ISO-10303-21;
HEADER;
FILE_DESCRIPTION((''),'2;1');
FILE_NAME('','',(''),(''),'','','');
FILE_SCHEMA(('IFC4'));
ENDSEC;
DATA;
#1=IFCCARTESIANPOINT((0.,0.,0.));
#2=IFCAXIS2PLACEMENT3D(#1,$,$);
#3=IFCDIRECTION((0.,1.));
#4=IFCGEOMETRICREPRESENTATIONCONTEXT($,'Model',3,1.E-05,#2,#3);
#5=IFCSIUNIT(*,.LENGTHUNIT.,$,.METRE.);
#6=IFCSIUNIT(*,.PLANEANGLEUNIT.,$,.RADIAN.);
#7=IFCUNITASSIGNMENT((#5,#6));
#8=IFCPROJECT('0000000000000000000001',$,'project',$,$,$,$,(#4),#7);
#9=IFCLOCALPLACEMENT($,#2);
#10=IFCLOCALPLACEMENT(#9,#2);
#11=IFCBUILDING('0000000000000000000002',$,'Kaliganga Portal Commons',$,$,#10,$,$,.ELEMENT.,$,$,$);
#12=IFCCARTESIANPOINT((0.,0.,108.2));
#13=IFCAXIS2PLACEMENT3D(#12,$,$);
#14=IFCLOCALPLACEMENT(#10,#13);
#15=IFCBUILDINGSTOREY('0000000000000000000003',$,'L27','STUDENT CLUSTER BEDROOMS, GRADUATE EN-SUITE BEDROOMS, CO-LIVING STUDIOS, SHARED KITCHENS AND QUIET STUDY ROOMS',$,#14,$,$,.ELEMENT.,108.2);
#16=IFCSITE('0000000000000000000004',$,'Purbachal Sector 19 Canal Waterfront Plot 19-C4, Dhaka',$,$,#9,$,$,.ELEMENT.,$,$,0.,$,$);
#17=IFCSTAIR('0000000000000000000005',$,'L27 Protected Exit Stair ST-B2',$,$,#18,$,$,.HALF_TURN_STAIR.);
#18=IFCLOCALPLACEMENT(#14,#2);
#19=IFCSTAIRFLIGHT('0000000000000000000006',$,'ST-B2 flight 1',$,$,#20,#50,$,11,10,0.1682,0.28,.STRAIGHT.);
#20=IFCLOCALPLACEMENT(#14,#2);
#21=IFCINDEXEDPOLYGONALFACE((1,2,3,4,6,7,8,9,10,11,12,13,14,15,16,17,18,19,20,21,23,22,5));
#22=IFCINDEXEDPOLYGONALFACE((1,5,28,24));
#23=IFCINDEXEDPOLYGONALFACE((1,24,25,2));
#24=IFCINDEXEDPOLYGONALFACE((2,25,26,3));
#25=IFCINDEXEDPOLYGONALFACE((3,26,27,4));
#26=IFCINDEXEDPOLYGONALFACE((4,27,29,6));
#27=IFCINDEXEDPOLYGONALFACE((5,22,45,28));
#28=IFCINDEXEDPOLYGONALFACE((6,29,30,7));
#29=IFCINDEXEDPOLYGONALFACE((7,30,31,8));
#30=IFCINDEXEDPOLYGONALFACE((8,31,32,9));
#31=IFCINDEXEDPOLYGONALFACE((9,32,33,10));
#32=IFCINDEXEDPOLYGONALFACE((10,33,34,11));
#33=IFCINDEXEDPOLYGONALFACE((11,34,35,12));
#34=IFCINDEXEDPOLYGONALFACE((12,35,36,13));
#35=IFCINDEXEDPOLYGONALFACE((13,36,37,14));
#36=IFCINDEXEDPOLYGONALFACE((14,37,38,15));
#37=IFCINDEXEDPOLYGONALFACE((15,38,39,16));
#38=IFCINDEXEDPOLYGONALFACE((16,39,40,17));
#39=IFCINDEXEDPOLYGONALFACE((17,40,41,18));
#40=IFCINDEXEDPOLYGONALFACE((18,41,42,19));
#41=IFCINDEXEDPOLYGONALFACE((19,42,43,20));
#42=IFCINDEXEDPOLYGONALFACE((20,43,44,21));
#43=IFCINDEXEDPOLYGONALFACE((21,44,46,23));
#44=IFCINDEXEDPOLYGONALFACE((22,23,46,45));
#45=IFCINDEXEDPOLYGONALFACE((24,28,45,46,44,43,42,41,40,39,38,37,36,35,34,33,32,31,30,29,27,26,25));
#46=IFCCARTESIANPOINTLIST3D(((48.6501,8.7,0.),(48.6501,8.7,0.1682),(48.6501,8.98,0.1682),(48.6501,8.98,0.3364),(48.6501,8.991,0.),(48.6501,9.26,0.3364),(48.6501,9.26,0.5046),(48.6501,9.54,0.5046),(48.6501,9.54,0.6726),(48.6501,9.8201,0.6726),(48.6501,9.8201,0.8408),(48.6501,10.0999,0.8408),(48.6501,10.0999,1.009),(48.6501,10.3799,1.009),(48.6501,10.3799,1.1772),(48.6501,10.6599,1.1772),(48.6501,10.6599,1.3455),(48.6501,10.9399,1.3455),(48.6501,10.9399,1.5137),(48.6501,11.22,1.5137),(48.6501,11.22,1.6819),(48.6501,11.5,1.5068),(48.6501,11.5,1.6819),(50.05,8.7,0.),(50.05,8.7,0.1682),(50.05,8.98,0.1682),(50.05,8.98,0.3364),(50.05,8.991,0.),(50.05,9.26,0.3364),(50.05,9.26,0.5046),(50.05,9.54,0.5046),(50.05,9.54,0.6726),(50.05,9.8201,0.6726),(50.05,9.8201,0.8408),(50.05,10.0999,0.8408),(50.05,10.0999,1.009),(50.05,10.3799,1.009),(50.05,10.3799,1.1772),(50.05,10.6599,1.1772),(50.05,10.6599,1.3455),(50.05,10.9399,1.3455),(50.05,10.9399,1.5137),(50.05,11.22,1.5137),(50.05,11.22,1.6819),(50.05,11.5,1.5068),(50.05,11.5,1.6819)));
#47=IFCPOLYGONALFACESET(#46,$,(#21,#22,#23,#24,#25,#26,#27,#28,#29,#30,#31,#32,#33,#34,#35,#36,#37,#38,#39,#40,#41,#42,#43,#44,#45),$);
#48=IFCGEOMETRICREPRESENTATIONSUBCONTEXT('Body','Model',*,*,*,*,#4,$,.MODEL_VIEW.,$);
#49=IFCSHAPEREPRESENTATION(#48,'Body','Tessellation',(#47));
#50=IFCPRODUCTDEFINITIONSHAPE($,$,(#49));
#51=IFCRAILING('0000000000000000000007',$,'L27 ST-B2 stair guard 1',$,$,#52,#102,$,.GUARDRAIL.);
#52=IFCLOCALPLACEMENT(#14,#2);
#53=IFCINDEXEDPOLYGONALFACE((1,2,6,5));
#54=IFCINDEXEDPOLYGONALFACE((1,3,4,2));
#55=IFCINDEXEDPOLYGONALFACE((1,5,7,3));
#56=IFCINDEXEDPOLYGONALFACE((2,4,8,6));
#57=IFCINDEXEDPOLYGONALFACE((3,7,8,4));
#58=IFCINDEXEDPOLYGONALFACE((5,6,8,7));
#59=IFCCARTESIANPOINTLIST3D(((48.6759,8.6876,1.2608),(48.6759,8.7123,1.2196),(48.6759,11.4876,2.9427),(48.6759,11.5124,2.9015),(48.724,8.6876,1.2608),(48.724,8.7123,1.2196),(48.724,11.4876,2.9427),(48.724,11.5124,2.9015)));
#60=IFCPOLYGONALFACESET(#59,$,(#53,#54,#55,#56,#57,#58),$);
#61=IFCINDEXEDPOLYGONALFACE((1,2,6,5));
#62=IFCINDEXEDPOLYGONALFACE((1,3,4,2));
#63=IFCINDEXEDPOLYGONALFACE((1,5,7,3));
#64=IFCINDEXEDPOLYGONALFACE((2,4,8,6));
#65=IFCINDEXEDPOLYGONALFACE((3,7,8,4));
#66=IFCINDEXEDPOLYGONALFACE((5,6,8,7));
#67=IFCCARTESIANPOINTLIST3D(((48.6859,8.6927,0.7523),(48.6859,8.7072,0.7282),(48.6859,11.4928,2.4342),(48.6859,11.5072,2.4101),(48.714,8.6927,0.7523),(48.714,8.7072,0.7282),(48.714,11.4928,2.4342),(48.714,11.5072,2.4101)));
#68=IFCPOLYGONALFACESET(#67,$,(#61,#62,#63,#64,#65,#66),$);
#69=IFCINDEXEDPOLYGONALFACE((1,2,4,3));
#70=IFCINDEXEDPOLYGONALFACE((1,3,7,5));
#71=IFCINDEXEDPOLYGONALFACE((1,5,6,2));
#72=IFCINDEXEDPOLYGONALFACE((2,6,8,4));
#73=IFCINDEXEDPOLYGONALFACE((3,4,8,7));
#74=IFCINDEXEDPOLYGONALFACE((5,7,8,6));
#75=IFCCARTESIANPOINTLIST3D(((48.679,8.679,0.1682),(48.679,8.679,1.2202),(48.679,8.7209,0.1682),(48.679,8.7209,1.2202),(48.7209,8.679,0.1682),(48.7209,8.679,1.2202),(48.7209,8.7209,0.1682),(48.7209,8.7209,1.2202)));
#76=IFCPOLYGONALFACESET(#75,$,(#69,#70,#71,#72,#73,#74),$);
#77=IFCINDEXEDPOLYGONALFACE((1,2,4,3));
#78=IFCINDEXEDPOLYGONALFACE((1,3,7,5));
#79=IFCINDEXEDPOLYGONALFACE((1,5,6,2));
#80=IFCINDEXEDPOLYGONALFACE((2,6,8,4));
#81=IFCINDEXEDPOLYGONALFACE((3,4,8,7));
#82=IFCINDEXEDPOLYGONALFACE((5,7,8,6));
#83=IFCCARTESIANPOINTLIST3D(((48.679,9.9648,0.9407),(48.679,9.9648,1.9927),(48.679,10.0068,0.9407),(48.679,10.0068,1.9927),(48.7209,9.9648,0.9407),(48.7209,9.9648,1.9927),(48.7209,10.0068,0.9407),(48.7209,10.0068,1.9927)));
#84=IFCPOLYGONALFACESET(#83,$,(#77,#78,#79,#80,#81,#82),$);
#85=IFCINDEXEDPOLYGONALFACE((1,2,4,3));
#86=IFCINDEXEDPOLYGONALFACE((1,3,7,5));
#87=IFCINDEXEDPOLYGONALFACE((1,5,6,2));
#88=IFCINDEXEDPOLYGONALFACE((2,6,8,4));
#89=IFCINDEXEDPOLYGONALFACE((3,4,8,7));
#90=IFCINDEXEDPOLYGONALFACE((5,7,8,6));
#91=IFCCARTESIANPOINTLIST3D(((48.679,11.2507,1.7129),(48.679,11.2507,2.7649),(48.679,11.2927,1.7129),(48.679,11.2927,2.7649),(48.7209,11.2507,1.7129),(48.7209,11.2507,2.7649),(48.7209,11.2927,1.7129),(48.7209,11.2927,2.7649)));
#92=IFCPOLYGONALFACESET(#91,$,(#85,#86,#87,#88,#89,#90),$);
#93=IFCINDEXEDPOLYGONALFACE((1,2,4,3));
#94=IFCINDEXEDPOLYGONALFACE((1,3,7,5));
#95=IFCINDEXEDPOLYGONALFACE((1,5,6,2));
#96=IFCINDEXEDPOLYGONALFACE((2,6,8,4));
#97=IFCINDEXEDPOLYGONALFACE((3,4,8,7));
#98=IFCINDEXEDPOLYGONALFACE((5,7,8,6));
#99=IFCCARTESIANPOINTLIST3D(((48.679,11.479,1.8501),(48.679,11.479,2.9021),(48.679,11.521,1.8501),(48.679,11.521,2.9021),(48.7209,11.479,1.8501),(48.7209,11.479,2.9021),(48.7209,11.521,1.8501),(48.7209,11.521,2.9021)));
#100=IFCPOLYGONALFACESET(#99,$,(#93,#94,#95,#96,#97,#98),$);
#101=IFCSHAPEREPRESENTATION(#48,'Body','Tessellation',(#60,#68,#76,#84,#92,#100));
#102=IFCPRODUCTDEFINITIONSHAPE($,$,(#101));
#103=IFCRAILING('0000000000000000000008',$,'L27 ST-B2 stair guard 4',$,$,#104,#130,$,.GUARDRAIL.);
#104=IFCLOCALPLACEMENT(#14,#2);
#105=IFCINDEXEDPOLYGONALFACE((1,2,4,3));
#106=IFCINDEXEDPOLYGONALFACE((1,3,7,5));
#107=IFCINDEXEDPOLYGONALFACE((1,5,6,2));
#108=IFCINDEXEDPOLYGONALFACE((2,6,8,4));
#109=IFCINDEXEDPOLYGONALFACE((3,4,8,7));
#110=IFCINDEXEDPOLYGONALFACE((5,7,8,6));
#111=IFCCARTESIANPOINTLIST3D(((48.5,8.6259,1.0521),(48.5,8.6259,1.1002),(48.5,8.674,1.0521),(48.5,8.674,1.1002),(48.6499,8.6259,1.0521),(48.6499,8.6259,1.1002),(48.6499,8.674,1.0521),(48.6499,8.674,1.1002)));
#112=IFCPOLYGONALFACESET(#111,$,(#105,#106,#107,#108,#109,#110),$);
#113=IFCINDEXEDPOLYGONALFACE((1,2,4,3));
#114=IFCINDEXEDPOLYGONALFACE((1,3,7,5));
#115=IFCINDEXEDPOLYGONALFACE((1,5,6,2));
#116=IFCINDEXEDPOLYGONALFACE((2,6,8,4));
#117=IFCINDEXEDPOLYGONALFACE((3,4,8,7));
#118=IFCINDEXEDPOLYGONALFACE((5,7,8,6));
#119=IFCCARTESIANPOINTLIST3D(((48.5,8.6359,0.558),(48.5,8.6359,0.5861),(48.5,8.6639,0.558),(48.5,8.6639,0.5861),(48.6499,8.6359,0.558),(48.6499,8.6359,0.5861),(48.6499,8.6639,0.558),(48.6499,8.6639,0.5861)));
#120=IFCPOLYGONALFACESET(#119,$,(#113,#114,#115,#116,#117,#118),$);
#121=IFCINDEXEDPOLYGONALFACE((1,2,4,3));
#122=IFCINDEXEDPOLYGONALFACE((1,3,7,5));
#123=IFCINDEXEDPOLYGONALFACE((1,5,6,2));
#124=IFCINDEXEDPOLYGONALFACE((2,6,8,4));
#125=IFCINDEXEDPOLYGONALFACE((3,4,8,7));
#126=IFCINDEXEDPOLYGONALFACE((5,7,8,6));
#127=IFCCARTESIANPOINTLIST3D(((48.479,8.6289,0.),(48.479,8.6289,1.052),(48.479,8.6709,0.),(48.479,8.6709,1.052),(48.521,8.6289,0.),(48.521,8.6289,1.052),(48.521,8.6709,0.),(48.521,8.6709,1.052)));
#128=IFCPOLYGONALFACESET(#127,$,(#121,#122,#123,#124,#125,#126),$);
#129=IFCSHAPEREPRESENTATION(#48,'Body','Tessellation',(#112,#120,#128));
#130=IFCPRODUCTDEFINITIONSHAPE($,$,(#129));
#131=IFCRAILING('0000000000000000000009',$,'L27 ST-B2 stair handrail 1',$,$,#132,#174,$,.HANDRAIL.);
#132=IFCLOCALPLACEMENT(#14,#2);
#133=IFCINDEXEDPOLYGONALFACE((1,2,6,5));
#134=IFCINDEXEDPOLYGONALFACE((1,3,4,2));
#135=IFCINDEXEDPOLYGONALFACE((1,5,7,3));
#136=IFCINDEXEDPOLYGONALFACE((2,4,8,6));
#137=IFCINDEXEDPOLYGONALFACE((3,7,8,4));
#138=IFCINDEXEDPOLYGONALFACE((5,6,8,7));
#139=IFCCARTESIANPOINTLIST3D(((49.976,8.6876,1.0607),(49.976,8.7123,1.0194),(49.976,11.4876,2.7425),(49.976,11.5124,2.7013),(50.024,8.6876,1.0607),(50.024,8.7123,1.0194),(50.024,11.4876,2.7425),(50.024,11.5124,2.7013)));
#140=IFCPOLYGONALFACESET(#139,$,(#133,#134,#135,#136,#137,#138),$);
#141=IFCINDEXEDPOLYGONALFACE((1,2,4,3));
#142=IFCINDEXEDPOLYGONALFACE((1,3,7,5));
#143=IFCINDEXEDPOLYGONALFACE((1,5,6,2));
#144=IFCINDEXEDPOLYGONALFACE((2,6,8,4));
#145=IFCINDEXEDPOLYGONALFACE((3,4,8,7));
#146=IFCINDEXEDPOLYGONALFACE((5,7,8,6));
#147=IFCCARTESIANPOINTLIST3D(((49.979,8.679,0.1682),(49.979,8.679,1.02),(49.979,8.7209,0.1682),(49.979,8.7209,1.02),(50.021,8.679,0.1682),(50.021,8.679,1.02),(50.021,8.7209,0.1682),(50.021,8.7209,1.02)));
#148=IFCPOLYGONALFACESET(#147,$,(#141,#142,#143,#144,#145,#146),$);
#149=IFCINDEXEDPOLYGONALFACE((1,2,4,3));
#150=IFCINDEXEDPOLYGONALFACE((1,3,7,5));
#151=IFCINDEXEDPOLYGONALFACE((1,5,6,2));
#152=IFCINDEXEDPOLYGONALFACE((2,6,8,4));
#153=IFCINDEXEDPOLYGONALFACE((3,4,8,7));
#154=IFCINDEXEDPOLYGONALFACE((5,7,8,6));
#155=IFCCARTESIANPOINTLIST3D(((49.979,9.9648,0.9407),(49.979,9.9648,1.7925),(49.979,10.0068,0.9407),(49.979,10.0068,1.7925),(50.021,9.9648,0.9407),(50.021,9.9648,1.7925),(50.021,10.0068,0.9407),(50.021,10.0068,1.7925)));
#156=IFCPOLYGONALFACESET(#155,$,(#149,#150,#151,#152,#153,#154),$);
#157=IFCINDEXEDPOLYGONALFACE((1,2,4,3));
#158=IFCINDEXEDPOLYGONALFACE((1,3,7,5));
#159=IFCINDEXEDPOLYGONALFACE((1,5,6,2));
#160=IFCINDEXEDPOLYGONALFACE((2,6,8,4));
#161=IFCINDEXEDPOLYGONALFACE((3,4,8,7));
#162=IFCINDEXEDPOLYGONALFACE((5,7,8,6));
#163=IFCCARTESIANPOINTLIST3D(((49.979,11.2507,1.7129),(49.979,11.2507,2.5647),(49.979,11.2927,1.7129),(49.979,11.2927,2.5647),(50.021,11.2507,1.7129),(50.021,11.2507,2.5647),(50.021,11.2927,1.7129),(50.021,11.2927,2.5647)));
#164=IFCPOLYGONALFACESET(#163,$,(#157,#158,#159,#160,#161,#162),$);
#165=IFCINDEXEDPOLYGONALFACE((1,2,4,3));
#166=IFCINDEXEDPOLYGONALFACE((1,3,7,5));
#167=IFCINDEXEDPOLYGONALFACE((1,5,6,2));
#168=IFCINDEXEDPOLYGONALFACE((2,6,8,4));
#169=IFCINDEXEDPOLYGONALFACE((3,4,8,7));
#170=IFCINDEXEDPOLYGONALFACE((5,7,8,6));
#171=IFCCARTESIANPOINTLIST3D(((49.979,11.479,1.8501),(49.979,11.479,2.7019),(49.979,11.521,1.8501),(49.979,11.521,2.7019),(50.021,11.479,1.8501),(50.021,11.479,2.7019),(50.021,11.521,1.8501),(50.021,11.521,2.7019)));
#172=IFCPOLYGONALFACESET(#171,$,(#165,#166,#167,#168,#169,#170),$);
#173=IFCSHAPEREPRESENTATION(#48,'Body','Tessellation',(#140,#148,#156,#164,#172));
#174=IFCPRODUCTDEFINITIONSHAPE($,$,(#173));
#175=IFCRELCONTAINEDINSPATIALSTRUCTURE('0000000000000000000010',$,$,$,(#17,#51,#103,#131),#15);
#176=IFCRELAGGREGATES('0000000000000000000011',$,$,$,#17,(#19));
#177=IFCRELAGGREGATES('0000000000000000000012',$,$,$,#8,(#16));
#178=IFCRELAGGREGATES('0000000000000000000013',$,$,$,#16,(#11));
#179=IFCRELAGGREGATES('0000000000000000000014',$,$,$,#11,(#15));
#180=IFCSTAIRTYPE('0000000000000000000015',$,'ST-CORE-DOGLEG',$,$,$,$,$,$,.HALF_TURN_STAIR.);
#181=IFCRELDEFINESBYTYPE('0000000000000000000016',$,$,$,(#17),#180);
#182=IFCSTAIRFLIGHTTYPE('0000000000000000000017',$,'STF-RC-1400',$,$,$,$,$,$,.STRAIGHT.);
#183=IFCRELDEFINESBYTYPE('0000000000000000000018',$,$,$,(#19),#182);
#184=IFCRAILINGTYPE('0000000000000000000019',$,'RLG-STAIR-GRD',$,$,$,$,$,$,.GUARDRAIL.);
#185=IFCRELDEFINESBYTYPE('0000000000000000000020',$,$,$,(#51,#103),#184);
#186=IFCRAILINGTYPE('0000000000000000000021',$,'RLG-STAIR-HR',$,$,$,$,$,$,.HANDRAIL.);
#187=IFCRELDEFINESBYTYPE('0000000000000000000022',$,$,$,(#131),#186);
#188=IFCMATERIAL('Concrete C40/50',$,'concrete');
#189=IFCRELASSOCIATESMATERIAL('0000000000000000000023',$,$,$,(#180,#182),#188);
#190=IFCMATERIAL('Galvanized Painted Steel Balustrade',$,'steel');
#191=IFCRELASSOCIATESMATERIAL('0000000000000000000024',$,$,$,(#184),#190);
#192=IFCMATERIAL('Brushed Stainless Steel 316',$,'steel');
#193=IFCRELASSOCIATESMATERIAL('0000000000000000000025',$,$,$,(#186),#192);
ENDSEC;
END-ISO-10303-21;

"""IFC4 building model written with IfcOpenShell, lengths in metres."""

from ifc_helpers import new_model, si_unit, direction, frame, origin, origin_2d, place, context, subcontext, project, spatial, polyline, rectangle, outline, extrude, material, type_object, element, aggregate, save


model = new_model("IFC4")

# Units and contexts
model_context = context("Model", 3, precision=1e-05, world=origin(), true_north=direction((0.0, 1.0)))
body_context = subcontext(model_context, "Body", "Model", "MODEL_VIEW")
ifc_project = project(units=[si_unit("LENGTHUNIT", "METRE"), si_unit("PLANEANGLEUNIT", "RADIAN")], contexts=[model_context])

# Site, building, storey
site_placement = place(None, origin())
site = spatial("IfcSite", under=ifc_project, at=site_placement, Name="Purbachal Sector 19 Canal Waterfront Plot 19-C4, Dhaka", CompositionType="ELEMENT", RefElevation=0.0)
building_placement = place(site_placement, origin())
building = spatial("IfcBuilding", under=site, at=building_placement, Name="Kaliganga Portal Commons", CompositionType="ELEMENT")
storey_placement = place(building_placement, frame((0.0, 0.0, 108.2)))
storey = spatial("IfcBuildingStorey", under=building, at=storey_placement, Name="L27", Description="STUDENT CLUSTER BEDROOMS, GRADUATE EN-SUITE BEDROOMS, CO-LIVING STUDIOS, SHARED KITCHENS AND QUIET STUDY ROOMS", CompositionType="ELEMENT", Elevation=108.2)

# Stair, stair flight
ifc_material_1 = material(Name="Concrete C40/50", Category="concrete")
stair_type = type_object("IfcStairType", Name="ST-CORE-DOGLEG", PredefinedType="HALF_TURN_STAIR", material=ifc_material_1)
stair_placement = place(storey_placement, origin())
stair = element("IfcStair", 1, at=stair_placement, inside=storey, type_object=stair_type, Name="L27 Protected Exit Stair ST-B2", PredefinedType="HALF_TURN_STAIR")
stair_flight_type = type_object("IfcStairFlightType", Name="STF-RC-1400", PredefinedType="STRAIGHT", material=ifc_material_1)
stair_flight_placement = place(storey_placement, frame((49.3501, 8.7, 0.0), z_axis=(0.0, 0.0, 1.0), x_axis=(0.0, 1.0, 0.0)))
stair_flight = element("IfcStairFlight", 2, at=stair_flight_placement, type_object=stair_flight_type, Name="ST-B2 flight 1", NumberOfRisers=11, NumberOfTreads=10, PredefinedType="STRAIGHT", RiserHeight=0.1682, TreadLength=0.28, context=body_context, shape_type="SweptSolid", body=[
    extrude(outline(polyline([(0.0, 0.0), (0.0, 0.1682), (0.28, 0.1682), (0.28, 0.3364), (0.5601, 0.3364), (0.5601, 0.5046), (0.8401, 0.5046), (0.8401, 0.6726), (1.1201, 0.6726), (1.1201, 0.8408), (1.3999, 0.8408), (1.3999, 1.009), (1.6799, 1.009), (1.6799, 1.1772), (1.96, 1.1772), (1.96, 1.3455), (2.24, 1.3455), (2.24, 1.5137), (2.52, 1.5137), (2.52, 1.6819), (2.8, 1.6819), (2.8, 1.8501), (2.8, 1.5068), (0.291, 0.0), (0.0, 0.0)])), frame((0.0, 0.7, 0.0), z_axis=(0.0, -1.0, 0.0), x_axis=(1.0, 0.0, 0.0)), (0.0, 0.0, 1.0), 1.3999),
])
aggregate(stair, [stair_flight])

# Railings
ifc_material_2 = material(Name="Galvanized Painted Steel Balustrade", Category="steel")
railing_type_1 = type_object("IfcRailingType", Name="RLG-STAIR-GRD", PredefinedType="GUARDRAIL", material=ifc_material_2)
railing_1_placement = place(storey_placement, frame((48.7, 8.7, 0.1682)))
element("IfcRailing", 3, at=railing_1_placement, inside=storey, type_object=railing_type_1, Name="L27 ST-B2 stair guard 1", PredefinedType="GUARDRAIL", context=body_context, shape_type="SweptSolid", body=[
    extrude(rectangle(XDim=0.0481, YDim=0.0481, at=origin_2d()), frame((0.0, 0.0, 1.072), z_axis=(0.0, 0.857242, 0.514913), x_axis=(-1.0, 0.0, 0.0)), (0.0, 0.0, 1.0), 3.2664),
    extrude(rectangle(XDim=0.0281, YDim=0.0281, at=origin_2d()), frame((0.0, 0.0, 0.572), z_axis=(0.0, 0.857242, 0.514913), x_axis=(-1.0, 0.0, 0.0)), (0.0, 0.0, 1.0), 3.2664),
    extrude(rectangle(XDim=0.042, YDim=0.042, at=origin_2d()), origin(), (0.0, 0.0, 1.0), 1.052),
    extrude(rectangle(XDim=0.042, YDim=0.042, at=origin_2d()), frame((0.0, 1.2859, 0.7725)), (0.0, 0.0, 1.0), 1.052),
    extrude(rectangle(XDim=0.042, YDim=0.042, at=origin_2d()), frame((0.0, 2.5718, 1.5447)), (0.0, 0.0, 1.0), 1.052),
    extrude(rectangle(XDim=0.042, YDim=0.042, at=origin_2d()), frame((0.0, 2.8, 1.6819)), (0.0, 0.0, 1.0), 1.052),
])
railing_2_placement = place(storey_placement, frame((48.6499, 8.6499, 0.0)))
element("IfcRailing", 4, at=railing_2_placement, inside=storey, type_object=railing_type_1, Name="L27 ST-B2 stair guard 4", PredefinedType="GUARDRAIL", context=body_context, shape_type="SweptSolid", body=[
    extrude(rectangle(XDim=0.0481, YDim=0.0481, at=origin_2d()), frame((0.0, 0.0, 1.0762), z_axis=(-1.0, 0.0, 0.0), x_axis=(0.0, -1.0, 0.0)), (0.0, 0.0, 1.0), 0.1499),
    extrude(rectangle(XDim=0.0281, YDim=0.0281, at=origin_2d()), frame((0.0, 0.0, 0.572), z_axis=(-1.0, 0.0, 0.0), x_axis=(0.0, -1.0, 0.0)), (0.0, 0.0, 1.0), 0.1499),
    extrude(rectangle(XDim=0.042, YDim=0.042, at=origin_2d()), frame((-0.1499, 0.0, 0.0)), (0.0, 0.0, 1.0), 1.052),
])
ifc_material_3 = material(Name="Brushed Stainless Steel 316", Category="steel")
railing_type_2 = type_object("IfcRailingType", Name="RLG-STAIR-HR", PredefinedType="HANDRAIL", material=ifc_material_3)
railing_3_placement = place(storey_placement, frame((50.0, 8.7, 0.1682)))
element("IfcRailing", 5, at=railing_3_placement, inside=storey, type_object=railing_type_2, Name="L27 ST-B2 stair handrail 1", PredefinedType="HANDRAIL", context=body_context, shape_type="SweptSolid", body=[
    extrude(rectangle(XDim=0.0481, YDim=0.0481, at=origin_2d()), frame((0.0, 0.0, 0.8718), z_axis=(0.0, 0.857242, 0.514913), x_axis=(-1.0, 0.0, 0.0)), (0.0, 0.0, 1.0), 3.2664),
    extrude(rectangle(XDim=0.042, YDim=0.042, at=origin_2d()), origin(), (0.0, 0.0, 1.0), 0.8518),
    extrude(rectangle(XDim=0.042, YDim=0.042, at=origin_2d()), frame((0.0, 1.2859, 0.7725)), (0.0, 0.0, 1.0), 0.8518),
    extrude(rectangle(XDim=0.042, YDim=0.042, at=origin_2d()), frame((0.0, 2.5718, 1.5447)), (0.0, 0.0, 1.0), 0.8518),
    extrude(rectangle(XDim=0.042, YDim=0.042, at=origin_2d()), frame((0.0, 2.8, 1.6819)), (0.0, 0.0, 1.0), 0.8518),
])

save(model, "model.ifc")
